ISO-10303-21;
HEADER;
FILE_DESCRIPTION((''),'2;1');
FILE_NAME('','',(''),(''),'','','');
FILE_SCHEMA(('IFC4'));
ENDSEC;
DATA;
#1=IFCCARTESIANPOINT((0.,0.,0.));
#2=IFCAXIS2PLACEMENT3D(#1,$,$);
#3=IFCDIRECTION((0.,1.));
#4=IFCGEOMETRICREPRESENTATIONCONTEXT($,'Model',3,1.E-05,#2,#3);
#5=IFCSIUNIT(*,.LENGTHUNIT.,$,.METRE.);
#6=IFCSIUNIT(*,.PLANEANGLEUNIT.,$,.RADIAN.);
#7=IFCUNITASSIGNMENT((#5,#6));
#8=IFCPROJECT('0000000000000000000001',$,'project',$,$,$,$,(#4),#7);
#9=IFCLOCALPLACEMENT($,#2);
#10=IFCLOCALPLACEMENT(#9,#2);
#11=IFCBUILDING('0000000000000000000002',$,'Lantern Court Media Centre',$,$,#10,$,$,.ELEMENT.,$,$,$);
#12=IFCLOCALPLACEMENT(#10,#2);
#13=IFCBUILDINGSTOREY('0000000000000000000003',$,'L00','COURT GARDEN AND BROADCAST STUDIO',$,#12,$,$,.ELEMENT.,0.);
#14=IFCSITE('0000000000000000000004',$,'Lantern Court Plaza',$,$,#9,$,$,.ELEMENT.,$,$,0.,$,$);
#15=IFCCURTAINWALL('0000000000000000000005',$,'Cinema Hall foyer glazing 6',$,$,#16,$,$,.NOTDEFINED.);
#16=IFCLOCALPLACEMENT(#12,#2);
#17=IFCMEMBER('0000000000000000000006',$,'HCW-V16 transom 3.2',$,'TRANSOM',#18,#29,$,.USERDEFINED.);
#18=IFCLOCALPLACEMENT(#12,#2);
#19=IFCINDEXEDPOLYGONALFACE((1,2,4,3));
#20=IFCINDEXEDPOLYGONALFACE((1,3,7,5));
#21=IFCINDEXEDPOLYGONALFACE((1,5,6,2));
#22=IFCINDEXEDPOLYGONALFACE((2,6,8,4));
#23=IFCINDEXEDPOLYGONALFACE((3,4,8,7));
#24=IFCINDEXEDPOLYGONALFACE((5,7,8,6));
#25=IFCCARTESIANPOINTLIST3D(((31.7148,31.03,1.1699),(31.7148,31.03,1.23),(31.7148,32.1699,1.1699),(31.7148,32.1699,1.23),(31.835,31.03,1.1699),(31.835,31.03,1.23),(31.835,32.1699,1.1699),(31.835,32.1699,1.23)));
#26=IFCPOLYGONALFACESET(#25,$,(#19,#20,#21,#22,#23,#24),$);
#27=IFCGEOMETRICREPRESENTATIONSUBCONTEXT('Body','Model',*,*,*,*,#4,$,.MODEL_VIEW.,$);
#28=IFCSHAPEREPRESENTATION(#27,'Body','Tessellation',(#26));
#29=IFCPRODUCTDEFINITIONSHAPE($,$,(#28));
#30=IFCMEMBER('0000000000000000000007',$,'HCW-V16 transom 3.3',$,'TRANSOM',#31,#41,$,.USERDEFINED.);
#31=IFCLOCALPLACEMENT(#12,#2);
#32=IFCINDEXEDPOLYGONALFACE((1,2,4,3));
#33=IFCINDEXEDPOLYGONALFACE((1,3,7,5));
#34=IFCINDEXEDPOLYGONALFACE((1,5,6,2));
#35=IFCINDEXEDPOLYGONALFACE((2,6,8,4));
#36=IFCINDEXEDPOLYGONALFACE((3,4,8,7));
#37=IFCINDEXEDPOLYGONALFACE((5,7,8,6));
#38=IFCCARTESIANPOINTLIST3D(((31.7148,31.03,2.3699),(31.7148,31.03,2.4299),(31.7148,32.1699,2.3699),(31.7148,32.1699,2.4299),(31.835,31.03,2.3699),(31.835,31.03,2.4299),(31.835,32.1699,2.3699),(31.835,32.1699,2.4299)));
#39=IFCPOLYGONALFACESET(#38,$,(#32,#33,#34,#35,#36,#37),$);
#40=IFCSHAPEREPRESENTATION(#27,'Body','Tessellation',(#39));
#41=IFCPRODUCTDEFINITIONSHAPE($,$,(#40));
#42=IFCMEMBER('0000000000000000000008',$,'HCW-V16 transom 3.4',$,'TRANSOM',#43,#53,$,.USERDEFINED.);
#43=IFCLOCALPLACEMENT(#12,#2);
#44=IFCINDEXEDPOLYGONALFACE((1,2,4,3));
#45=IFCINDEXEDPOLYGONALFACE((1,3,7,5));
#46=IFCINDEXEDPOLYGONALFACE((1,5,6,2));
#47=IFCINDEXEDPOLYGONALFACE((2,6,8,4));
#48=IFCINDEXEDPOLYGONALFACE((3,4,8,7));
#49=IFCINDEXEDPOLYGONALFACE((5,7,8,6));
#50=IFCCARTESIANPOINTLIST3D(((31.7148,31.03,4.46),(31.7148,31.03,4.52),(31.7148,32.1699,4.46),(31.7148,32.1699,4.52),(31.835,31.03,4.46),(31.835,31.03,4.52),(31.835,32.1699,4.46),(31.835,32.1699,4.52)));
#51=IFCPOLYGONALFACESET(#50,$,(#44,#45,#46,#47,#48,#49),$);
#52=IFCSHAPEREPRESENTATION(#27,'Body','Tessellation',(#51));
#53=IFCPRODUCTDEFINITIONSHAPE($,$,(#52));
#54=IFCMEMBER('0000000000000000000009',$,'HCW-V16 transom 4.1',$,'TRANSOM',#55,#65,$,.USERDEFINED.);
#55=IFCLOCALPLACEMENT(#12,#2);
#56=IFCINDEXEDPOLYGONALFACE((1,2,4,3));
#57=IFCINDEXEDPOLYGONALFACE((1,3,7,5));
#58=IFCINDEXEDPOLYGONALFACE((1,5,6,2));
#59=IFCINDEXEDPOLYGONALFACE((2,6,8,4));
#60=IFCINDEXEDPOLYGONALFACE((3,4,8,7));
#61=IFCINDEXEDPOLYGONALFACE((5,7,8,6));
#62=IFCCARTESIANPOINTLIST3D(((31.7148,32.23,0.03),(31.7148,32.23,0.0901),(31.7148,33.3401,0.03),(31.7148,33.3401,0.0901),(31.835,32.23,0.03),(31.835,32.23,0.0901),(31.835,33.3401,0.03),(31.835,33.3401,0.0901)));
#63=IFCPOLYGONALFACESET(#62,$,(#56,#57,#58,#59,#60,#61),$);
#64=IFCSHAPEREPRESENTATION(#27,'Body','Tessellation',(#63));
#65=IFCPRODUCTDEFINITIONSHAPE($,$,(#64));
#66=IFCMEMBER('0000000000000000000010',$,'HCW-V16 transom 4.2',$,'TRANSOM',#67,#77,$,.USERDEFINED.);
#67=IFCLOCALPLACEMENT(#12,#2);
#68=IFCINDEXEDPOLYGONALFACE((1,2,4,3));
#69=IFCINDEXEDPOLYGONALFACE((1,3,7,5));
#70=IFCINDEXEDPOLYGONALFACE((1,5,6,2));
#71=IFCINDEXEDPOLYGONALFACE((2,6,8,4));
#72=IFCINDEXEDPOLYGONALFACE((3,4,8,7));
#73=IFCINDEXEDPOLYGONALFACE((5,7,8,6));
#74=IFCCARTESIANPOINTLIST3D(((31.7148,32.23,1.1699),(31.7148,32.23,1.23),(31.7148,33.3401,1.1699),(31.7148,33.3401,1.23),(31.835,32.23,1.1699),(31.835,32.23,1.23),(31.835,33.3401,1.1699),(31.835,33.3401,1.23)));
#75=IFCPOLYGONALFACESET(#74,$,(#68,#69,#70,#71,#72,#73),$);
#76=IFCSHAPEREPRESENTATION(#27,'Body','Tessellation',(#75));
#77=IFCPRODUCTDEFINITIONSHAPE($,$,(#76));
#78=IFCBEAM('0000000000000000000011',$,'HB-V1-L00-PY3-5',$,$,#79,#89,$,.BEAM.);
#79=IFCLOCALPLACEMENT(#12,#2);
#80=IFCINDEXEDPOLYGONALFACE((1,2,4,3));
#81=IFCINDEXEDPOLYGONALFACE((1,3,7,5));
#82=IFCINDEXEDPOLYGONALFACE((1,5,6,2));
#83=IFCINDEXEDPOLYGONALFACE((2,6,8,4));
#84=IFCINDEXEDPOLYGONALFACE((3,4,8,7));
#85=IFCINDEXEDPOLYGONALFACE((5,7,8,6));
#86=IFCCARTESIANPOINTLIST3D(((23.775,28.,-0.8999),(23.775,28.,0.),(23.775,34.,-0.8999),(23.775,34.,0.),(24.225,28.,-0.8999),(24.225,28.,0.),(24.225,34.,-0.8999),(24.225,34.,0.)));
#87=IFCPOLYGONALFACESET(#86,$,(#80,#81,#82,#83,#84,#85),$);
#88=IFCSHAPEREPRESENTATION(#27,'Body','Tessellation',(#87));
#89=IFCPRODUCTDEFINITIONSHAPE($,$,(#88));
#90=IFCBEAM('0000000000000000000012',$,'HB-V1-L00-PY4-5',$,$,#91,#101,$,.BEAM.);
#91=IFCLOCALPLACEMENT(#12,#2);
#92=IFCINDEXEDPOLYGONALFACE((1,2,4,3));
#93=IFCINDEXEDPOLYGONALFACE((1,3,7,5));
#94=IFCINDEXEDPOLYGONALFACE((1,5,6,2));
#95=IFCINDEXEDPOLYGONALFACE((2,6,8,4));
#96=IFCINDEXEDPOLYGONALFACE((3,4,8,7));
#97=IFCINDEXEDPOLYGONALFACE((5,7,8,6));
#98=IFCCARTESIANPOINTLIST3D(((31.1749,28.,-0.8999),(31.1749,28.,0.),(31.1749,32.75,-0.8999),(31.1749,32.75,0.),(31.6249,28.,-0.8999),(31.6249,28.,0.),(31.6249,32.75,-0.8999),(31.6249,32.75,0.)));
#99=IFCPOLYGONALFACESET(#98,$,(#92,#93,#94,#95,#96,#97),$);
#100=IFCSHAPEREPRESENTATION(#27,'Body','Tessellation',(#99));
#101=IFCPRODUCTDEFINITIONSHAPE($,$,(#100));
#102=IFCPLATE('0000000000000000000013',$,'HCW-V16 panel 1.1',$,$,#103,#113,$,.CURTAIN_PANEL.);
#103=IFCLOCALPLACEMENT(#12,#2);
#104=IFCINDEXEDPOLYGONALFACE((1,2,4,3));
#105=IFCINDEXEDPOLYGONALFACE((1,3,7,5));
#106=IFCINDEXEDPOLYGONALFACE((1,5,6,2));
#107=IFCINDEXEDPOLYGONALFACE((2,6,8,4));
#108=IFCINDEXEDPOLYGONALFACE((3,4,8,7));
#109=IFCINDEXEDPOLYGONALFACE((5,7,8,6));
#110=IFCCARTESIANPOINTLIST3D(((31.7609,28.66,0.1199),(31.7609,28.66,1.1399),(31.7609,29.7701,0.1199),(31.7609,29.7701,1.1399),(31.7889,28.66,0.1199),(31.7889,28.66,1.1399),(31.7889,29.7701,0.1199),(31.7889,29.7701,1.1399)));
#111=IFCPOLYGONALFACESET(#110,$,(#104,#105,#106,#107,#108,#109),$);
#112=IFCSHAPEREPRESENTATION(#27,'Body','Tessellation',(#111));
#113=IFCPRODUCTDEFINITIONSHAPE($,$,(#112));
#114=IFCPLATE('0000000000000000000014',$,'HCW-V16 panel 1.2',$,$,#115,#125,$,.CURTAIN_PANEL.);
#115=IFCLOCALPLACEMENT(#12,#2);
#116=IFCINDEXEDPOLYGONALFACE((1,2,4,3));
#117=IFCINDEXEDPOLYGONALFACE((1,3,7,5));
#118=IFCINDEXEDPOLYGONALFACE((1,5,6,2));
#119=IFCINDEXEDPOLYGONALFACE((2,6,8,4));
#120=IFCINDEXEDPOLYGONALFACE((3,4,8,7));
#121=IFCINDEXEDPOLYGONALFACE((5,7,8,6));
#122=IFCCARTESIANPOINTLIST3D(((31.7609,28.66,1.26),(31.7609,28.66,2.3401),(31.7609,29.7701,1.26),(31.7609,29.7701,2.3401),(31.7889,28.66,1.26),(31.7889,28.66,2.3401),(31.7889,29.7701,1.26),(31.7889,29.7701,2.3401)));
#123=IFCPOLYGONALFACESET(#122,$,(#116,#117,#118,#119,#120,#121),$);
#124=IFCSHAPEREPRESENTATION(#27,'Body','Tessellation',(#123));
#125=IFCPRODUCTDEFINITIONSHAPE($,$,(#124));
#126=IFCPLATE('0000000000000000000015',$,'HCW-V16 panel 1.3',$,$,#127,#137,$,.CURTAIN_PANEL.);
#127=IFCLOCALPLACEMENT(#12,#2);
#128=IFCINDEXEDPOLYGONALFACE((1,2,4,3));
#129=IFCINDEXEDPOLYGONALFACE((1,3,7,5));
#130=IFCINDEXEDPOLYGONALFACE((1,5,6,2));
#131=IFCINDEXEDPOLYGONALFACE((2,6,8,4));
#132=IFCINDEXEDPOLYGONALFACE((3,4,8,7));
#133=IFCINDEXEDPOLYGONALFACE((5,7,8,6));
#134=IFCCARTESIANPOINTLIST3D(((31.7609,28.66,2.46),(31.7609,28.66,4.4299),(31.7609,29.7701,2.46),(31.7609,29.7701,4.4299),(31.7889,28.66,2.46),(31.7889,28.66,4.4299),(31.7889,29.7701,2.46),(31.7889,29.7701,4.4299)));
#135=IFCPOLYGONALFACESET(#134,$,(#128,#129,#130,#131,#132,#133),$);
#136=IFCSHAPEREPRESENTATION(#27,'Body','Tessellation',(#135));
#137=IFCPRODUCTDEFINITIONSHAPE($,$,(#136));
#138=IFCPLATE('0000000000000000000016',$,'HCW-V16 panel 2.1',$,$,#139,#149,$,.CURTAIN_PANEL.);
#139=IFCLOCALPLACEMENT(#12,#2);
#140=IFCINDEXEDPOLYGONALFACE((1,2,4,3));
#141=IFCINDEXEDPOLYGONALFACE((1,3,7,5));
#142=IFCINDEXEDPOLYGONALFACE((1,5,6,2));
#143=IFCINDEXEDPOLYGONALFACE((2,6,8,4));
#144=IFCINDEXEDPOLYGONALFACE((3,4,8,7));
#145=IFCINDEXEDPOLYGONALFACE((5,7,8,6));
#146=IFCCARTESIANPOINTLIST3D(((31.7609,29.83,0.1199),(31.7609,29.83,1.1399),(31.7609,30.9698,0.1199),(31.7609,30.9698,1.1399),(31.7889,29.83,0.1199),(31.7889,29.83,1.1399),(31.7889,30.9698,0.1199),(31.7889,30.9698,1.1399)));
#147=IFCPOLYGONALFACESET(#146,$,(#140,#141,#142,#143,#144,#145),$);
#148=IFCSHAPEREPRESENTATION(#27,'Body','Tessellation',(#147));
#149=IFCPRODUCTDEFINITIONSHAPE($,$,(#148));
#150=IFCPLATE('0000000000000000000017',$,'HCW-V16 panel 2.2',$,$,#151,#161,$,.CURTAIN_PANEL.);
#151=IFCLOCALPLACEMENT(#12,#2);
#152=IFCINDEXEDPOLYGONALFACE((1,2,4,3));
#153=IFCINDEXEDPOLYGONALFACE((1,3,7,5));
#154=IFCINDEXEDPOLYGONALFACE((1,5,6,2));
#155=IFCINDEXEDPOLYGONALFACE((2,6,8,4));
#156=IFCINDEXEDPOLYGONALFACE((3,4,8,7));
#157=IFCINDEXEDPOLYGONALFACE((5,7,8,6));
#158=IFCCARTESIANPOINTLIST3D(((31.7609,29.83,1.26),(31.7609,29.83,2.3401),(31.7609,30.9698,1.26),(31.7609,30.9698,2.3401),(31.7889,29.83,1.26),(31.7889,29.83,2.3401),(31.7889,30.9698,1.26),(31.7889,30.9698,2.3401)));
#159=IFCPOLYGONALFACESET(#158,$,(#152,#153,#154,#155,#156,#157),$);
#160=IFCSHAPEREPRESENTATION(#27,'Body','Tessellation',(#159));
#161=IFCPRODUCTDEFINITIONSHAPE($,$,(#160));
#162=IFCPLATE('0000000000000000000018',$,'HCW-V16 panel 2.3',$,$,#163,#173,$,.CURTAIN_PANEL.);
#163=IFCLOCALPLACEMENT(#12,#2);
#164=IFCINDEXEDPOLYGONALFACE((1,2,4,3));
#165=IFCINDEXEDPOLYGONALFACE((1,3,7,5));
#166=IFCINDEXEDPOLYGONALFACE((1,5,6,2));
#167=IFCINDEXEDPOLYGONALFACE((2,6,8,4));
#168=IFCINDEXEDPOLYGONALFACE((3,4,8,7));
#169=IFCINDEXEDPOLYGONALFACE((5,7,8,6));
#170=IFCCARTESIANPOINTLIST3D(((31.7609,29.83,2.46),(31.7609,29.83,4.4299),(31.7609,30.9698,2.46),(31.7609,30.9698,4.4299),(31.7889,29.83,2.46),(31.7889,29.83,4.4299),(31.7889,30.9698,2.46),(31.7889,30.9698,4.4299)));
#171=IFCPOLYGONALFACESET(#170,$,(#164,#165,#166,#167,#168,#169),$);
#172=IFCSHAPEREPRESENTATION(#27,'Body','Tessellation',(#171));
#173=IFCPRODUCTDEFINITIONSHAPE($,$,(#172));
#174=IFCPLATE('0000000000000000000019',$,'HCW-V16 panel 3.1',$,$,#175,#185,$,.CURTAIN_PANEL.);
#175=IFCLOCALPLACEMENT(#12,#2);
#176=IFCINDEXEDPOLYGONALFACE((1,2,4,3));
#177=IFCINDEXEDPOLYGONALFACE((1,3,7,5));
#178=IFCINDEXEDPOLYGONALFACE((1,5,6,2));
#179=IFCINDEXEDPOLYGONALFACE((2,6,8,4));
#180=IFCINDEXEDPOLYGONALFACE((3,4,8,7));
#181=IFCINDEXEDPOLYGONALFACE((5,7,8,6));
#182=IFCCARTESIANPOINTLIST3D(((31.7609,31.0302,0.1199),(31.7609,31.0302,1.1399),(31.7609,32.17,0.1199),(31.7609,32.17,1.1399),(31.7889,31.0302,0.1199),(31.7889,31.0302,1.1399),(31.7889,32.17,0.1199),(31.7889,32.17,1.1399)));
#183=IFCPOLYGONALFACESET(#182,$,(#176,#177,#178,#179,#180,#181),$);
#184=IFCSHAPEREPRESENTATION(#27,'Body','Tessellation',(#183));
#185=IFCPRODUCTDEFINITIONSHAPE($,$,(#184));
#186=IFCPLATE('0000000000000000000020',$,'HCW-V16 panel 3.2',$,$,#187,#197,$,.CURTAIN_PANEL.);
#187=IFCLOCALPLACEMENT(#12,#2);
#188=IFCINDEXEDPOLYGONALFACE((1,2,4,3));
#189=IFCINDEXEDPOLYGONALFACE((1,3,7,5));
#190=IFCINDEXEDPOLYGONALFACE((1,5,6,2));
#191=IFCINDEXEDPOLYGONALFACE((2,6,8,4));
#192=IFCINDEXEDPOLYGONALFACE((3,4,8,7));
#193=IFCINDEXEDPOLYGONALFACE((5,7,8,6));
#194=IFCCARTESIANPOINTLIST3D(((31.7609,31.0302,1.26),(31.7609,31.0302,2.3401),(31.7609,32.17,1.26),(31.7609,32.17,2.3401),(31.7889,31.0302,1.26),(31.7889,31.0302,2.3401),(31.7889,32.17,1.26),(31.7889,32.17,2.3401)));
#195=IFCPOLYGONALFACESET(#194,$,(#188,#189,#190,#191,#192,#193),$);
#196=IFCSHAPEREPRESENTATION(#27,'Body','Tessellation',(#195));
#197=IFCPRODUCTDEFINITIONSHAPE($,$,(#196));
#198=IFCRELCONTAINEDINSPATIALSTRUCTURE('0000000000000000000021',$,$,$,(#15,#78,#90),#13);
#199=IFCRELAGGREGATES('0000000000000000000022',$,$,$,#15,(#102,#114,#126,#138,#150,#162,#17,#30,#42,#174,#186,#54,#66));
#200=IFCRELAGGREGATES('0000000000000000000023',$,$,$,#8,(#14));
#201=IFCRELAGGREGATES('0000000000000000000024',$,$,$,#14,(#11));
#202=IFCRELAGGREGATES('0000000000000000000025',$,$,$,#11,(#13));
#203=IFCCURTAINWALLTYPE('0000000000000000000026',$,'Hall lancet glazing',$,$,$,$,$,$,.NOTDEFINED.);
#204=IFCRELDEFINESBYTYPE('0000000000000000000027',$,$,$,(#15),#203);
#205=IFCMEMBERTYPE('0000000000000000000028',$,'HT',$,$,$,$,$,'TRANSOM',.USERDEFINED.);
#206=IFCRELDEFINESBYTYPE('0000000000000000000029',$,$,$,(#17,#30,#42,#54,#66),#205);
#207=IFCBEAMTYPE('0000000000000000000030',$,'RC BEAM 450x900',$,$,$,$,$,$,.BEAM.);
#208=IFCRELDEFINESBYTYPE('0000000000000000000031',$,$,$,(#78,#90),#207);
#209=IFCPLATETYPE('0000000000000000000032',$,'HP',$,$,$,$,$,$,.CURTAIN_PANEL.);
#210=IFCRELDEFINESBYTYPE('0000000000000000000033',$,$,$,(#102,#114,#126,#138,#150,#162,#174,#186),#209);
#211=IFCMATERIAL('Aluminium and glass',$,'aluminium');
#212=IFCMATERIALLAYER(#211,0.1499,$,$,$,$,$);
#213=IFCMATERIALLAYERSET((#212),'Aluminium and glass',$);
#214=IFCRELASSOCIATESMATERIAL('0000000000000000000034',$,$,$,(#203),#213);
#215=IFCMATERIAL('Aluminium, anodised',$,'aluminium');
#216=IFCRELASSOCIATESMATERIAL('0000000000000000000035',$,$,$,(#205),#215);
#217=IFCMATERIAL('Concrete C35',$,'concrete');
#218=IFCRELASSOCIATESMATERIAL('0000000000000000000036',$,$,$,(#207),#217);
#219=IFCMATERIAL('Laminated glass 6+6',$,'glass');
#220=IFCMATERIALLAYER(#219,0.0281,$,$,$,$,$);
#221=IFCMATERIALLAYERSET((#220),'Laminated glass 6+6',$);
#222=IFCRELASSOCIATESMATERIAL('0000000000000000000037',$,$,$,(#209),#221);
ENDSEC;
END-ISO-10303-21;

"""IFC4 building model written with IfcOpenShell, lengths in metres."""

from ifc_helpers import new_model, si_unit, direction, frame, origin, origin_2d, place, context, subcontext, project, spatial, rectangle, extrude, material, layer, layer_set, material_profile, profile_set, type_object, element, aggregate, save


model = new_model("IFC4")

# Units and contexts
model_context = context("Model", 3, precision=1e-05, world=origin(), true_north=direction((0.0, 1.0)))
body_context = subcontext(model_context, "Body", "Model", "MODEL_VIEW")
ifc_project = project(units=[si_unit("LENGTHUNIT", "METRE"), si_unit("PLANEANGLEUNIT", "RADIAN")], contexts=[model_context])

# Site, building, storey
site_placement = place(None, origin())
site = spatial("IfcSite", under=ifc_project, at=site_placement, Name="Lantern Court Plaza", CompositionType="ELEMENT", RefElevation=0.0)
building_placement = place(site_placement, origin())
building = spatial("IfcBuilding", under=site, at=building_placement, Name="Lantern Court Media Centre", CompositionType="ELEMENT")
storey_placement = place(building_placement, origin())
storey = spatial("IfcBuildingStorey", under=building, at=storey_placement, Name="L00", Description="COURT GARDEN AND BROADCAST STUDIO", CompositionType="ELEMENT", Elevation=0.0)

# Shared definitions
ifc_material_1 = material(Name="Concrete C35", Category="concrete")

# Curtain wall, members
ifc_material_2 = material(Name="Aluminium and glass", Category="aluminium")
ifc_layer_1 = layer(ifc_material_2, 0.1499)
ifc_layer_set_1 = layer_set([ifc_layer_1], Name="Aluminium and glass")
curtain_wall_type = type_object("IfcCurtainWallType", Name="Hall lancet glazing", PredefinedType="NOTDEFINED", material=ifc_layer_set_1)
curtain_wall_placement = place(storey_placement, origin())
curtain_wall = element("IfcCurtainWall", 1, at=curtain_wall_placement, inside=storey, type_object=curtain_wall_type, Name="Cinema Hall foyer glazing 6", PredefinedType="NOTDEFINED")
ifc_material_3 = material(Name="Aluminium, anodised", Category="aluminium")
ifc_material_profile_1 = material_profile(ifc_material_3, rectangle(XDim=0.1201, YDim=0.0601, at=origin_2d()), Name="HT")
ifc_profile_set_1 = profile_set([ifc_material_profile_1], Name="Aluminium, anodised")
member_type_1 = type_object("IfcMemberType", Name="HT", ElementType="TRANSOM", PredefinedType="USERDEFINED", material=ifc_profile_set_1)
member_1_placement = place(storey_placement, frame((31.7749, 31.03, 1.2), z_axis=(0.0, 1.0, 0.0), x_axis=(-1.0, 0.0, 0.0)))
member_1 = element("IfcMember", 2, at=member_1_placement, type_object=member_type_1, Name="HCW-V16 transom 3.2", ObjectType="TRANSOM", PredefinedType="USERDEFINED", context=body_context, shape_type="SweptSolid", body=[
    extrude(rectangle(XDim=0.1201, YDim=0.0601, at=origin_2d()), origin(), (0.0, 0.0, 1.0), 1.1399),
])
member_2_placement = place(storey_placement, frame((31.7749, 31.03, 2.3999), z_axis=(0.0, 1.0, 0.0), x_axis=(-1.0, 0.0, 0.0)))
member_2 = element("IfcMember", 3, at=member_2_placement, type_object=member_type_1, Name="HCW-V16 transom 3.3", ObjectType="TRANSOM", PredefinedType="USERDEFINED", context=body_context, shape_type="SweptSolid", body=[
    extrude(rectangle(XDim=0.1201, YDim=0.0601, at=origin_2d()), origin(), (0.0, 0.0, 1.0), 1.1399),
])
member_3_placement = place(storey_placement, frame((31.7749, 31.03, 4.49), z_axis=(0.0, 1.0, 0.0), x_axis=(-1.0, 0.0, 0.0)))
member_3 = element("IfcMember", 4, at=member_3_placement, type_object=member_type_1, Name="HCW-V16 transom 3.4", ObjectType="TRANSOM", PredefinedType="USERDEFINED", context=body_context, shape_type="SweptSolid", body=[
    extrude(rectangle(XDim=0.1201, YDim=0.0601, at=origin_2d()), origin(), (0.0, 0.0, 1.0), 1.1399),
])
member_4_placement = place(storey_placement, frame((31.7749, 32.23, 0.0601), z_axis=(0.0, 1.0, 0.0), x_axis=(-1.0, 0.0, 0.0)))
member_4 = element("IfcMember", 5, at=member_4_placement, type_object=member_type_1, Name="HCW-V16 transom 4.1", ObjectType="TRANSOM", PredefinedType="USERDEFINED", context=body_context, shape_type="SweptSolid", body=[
    extrude(rectangle(XDim=0.1201, YDim=0.0601, at=origin_2d()), origin(), (0.0, 0.0, 1.0), 1.1101),
])
member_5_placement = place(storey_placement, frame((31.7749, 32.23, 1.2), z_axis=(0.0, 1.0, 0.0), x_axis=(-1.0, 0.0, 0.0)))
member_5 = element("IfcMember", 6, at=member_5_placement, type_object=member_type_1, Name="HCW-V16 transom 4.2", ObjectType="TRANSOM", PredefinedType="USERDEFINED", context=body_context, shape_type="SweptSolid", body=[
    extrude(rectangle(XDim=0.1201, YDim=0.0601, at=origin_2d()), origin(), (0.0, 0.0, 1.0), 1.1101),
])

# Beams
ifc_material_profile_2 = material_profile(ifc_material_1, rectangle(XDim=0.45, YDim=0.8999, at=origin_2d()), Name="RC 450x900")
ifc_profile_set_2 = profile_set([ifc_material_profile_2], Name="Concrete C35")
beam_type = type_object("IfcBeamType", Name="RC BEAM 450x900", PredefinedType="BEAM", material=ifc_profile_set_2)
beam_1_placement = place(storey_placement, frame((24.0, 28.0, -0.45), z_axis=(0.0, 1.0, 0.0), x_axis=(-1.0, 0.0, 0.0)))
element("IfcBeam", 7, at=beam_1_placement, inside=storey, type_object=beam_type, Name="HB-V1-L00-PY3-5", PredefinedType="BEAM", context=body_context, shape_type="SweptSolid", body=[
    extrude(rectangle(XDim=0.45, YDim=0.8999, at=origin_2d()), origin(), (0.0, 0.0, 1.0), 6.0),
])
beam_2_placement = place(storey_placement, frame((31.3999, 28.0, -0.45), z_axis=(0.0, 1.0, 0.0), x_axis=(-1.0, 0.0, 0.0)))
element("IfcBeam", 8, at=beam_2_placement, inside=storey, type_object=beam_type, Name="HB-V1-L00-PY4-5", PredefinedType="BEAM", context=body_context, shape_type="SweptSolid", body=[
    extrude(rectangle(XDim=0.45, YDim=0.8999, at=origin_2d()), origin(), (0.0, 0.0, 1.0), 4.75),
])

# Plates
ifc_material_4 = material(Name="Laminated glass 6+6", Category="glass")
ifc_layer_2 = layer(ifc_material_4, 0.0281)
ifc_layer_set_2 = layer_set([ifc_layer_2], Name="Laminated glass 6+6")
plate_type = type_object("IfcPlateType", Name="HP", PredefinedType="CURTAIN_PANEL", material=ifc_layer_set_2)
plate_1_placement = place(storey_placement, frame((31.7749, 29.2151, 0.1199), z_axis=(0.0, 0.0, 1.0), x_axis=(0.0, 1.0, 0.0)))
plate_1 = element("IfcPlate", 9, at=plate_1_placement, type_object=plate_type, Name="HCW-V16 panel 1.1", PredefinedType="CURTAIN_PANEL", context=body_context, shape_type="SweptSolid", body=[
    extrude(rectangle(XDim=1.1101, YDim=0.0281, at=origin_2d()), origin(), (0.0, 0.0, 1.0), 1.02),
])
plate_2_placement = place(storey_placement, frame((31.7749, 29.2151, 1.26), z_axis=(0.0, 0.0, 1.0), x_axis=(0.0, 1.0, 0.0)))
plate_2 = element("IfcPlate", 10, at=plate_2_placement, type_object=plate_type, Name="HCW-V16 panel 1.2", PredefinedType="CURTAIN_PANEL", context=body_context, shape_type="SweptSolid", body=[
    extrude(rectangle(XDim=1.1101, YDim=0.0281, at=origin_2d()), origin(), (0.0, 0.0, 1.0), 1.0801),
])
plate_3_placement = place(storey_placement, frame((31.7749, 29.2151, 2.46), z_axis=(0.0, 0.0, 1.0), x_axis=(0.0, 1.0, 0.0)))
plate_3 = element("IfcPlate", 11, at=plate_3_placement, type_object=plate_type, Name="HCW-V16 panel 1.3", PredefinedType="CURTAIN_PANEL", context=body_context, shape_type="SweptSolid", body=[
    extrude(rectangle(XDim=1.1101, YDim=0.0281, at=origin_2d()), origin(), (0.0, 0.0, 1.0), 1.97),
])
plate_4_placement = place(storey_placement, frame((31.7749, 30.3999, 0.1199), z_axis=(0.0, 0.0, 1.0), x_axis=(0.0, 1.0, 0.0)))
plate_4 = element("IfcPlate", 12, at=plate_4_placement, type_object=plate_type, Name="HCW-V16 panel 2.1", PredefinedType="CURTAIN_PANEL", context=body_context, shape_type="SweptSolid", body=[
    extrude(rectangle(XDim=1.1399, YDim=0.0281, at=origin_2d()), origin(), (0.0, 0.0, 1.0), 1.02),
])
plate_5_placement = place(storey_placement, frame((31.7749, 30.3999, 1.26), z_axis=(0.0, 0.0, 1.0), x_axis=(0.0, 1.0, 0.0)))
plate_5 = element("IfcPlate", 13, at=plate_5_placement, type_object=plate_type, Name="HCW-V16 panel 2.2", PredefinedType="CURTAIN_PANEL", context=body_context, shape_type="SweptSolid", body=[
    extrude(rectangle(XDim=1.1399, YDim=0.0281, at=origin_2d()), origin(), (0.0, 0.0, 1.0), 1.0801),
])
plate_6_placement = place(storey_placement, frame((31.7749, 30.3999, 2.46), z_axis=(0.0, 0.0, 1.0), x_axis=(0.0, 1.0, 0.0)))
plate_6 = element("IfcPlate", 14, at=plate_6_placement, type_object=plate_type, Name="HCW-V16 panel 2.3", PredefinedType="CURTAIN_PANEL", context=body_context, shape_type="SweptSolid", body=[
    extrude(rectangle(XDim=1.1399, YDim=0.0281, at=origin_2d()), origin(), (0.0, 0.0, 1.0), 1.97),
])
plate_7_placement = place(storey_placement, frame((31.7749, 31.6001, 0.1199), z_axis=(0.0, 0.0, 1.0), x_axis=(0.0, 1.0, 0.0)))
plate_7 = element("IfcPlate", 15, at=plate_7_placement, type_object=plate_type, Name="HCW-V16 panel 3.1", PredefinedType="CURTAIN_PANEL", context=body_context, shape_type="SweptSolid", body=[
    extrude(rectangle(XDim=1.1399, YDim=0.0281, at=origin_2d()), origin(), (0.0, 0.0, 1.0), 1.02),
])
plate_8_placement = place(storey_placement, frame((31.7749, 31.6001, 1.26), z_axis=(0.0, 0.0, 1.0), x_axis=(0.0, 1.0, 0.0)))
plate_8 = element("IfcPlate", 16, at=plate_8_placement, type_object=plate_type, Name="HCW-V16 panel 3.2", PredefinedType="CURTAIN_PANEL", context=body_context, shape_type="SweptSolid", body=[
    extrude(rectangle(XDim=1.1399, YDim=0.0281, at=origin_2d()), origin(), (0.0, 0.0, 1.0), 1.0801),
])
aggregate(curtain_wall, [plate_1, plate_2, plate_3, plate_4, plate_5, plate_6, member_1, member_2, member_3, plate_7, plate_8, member_4, member_5])

save(model, "model.ifc")
